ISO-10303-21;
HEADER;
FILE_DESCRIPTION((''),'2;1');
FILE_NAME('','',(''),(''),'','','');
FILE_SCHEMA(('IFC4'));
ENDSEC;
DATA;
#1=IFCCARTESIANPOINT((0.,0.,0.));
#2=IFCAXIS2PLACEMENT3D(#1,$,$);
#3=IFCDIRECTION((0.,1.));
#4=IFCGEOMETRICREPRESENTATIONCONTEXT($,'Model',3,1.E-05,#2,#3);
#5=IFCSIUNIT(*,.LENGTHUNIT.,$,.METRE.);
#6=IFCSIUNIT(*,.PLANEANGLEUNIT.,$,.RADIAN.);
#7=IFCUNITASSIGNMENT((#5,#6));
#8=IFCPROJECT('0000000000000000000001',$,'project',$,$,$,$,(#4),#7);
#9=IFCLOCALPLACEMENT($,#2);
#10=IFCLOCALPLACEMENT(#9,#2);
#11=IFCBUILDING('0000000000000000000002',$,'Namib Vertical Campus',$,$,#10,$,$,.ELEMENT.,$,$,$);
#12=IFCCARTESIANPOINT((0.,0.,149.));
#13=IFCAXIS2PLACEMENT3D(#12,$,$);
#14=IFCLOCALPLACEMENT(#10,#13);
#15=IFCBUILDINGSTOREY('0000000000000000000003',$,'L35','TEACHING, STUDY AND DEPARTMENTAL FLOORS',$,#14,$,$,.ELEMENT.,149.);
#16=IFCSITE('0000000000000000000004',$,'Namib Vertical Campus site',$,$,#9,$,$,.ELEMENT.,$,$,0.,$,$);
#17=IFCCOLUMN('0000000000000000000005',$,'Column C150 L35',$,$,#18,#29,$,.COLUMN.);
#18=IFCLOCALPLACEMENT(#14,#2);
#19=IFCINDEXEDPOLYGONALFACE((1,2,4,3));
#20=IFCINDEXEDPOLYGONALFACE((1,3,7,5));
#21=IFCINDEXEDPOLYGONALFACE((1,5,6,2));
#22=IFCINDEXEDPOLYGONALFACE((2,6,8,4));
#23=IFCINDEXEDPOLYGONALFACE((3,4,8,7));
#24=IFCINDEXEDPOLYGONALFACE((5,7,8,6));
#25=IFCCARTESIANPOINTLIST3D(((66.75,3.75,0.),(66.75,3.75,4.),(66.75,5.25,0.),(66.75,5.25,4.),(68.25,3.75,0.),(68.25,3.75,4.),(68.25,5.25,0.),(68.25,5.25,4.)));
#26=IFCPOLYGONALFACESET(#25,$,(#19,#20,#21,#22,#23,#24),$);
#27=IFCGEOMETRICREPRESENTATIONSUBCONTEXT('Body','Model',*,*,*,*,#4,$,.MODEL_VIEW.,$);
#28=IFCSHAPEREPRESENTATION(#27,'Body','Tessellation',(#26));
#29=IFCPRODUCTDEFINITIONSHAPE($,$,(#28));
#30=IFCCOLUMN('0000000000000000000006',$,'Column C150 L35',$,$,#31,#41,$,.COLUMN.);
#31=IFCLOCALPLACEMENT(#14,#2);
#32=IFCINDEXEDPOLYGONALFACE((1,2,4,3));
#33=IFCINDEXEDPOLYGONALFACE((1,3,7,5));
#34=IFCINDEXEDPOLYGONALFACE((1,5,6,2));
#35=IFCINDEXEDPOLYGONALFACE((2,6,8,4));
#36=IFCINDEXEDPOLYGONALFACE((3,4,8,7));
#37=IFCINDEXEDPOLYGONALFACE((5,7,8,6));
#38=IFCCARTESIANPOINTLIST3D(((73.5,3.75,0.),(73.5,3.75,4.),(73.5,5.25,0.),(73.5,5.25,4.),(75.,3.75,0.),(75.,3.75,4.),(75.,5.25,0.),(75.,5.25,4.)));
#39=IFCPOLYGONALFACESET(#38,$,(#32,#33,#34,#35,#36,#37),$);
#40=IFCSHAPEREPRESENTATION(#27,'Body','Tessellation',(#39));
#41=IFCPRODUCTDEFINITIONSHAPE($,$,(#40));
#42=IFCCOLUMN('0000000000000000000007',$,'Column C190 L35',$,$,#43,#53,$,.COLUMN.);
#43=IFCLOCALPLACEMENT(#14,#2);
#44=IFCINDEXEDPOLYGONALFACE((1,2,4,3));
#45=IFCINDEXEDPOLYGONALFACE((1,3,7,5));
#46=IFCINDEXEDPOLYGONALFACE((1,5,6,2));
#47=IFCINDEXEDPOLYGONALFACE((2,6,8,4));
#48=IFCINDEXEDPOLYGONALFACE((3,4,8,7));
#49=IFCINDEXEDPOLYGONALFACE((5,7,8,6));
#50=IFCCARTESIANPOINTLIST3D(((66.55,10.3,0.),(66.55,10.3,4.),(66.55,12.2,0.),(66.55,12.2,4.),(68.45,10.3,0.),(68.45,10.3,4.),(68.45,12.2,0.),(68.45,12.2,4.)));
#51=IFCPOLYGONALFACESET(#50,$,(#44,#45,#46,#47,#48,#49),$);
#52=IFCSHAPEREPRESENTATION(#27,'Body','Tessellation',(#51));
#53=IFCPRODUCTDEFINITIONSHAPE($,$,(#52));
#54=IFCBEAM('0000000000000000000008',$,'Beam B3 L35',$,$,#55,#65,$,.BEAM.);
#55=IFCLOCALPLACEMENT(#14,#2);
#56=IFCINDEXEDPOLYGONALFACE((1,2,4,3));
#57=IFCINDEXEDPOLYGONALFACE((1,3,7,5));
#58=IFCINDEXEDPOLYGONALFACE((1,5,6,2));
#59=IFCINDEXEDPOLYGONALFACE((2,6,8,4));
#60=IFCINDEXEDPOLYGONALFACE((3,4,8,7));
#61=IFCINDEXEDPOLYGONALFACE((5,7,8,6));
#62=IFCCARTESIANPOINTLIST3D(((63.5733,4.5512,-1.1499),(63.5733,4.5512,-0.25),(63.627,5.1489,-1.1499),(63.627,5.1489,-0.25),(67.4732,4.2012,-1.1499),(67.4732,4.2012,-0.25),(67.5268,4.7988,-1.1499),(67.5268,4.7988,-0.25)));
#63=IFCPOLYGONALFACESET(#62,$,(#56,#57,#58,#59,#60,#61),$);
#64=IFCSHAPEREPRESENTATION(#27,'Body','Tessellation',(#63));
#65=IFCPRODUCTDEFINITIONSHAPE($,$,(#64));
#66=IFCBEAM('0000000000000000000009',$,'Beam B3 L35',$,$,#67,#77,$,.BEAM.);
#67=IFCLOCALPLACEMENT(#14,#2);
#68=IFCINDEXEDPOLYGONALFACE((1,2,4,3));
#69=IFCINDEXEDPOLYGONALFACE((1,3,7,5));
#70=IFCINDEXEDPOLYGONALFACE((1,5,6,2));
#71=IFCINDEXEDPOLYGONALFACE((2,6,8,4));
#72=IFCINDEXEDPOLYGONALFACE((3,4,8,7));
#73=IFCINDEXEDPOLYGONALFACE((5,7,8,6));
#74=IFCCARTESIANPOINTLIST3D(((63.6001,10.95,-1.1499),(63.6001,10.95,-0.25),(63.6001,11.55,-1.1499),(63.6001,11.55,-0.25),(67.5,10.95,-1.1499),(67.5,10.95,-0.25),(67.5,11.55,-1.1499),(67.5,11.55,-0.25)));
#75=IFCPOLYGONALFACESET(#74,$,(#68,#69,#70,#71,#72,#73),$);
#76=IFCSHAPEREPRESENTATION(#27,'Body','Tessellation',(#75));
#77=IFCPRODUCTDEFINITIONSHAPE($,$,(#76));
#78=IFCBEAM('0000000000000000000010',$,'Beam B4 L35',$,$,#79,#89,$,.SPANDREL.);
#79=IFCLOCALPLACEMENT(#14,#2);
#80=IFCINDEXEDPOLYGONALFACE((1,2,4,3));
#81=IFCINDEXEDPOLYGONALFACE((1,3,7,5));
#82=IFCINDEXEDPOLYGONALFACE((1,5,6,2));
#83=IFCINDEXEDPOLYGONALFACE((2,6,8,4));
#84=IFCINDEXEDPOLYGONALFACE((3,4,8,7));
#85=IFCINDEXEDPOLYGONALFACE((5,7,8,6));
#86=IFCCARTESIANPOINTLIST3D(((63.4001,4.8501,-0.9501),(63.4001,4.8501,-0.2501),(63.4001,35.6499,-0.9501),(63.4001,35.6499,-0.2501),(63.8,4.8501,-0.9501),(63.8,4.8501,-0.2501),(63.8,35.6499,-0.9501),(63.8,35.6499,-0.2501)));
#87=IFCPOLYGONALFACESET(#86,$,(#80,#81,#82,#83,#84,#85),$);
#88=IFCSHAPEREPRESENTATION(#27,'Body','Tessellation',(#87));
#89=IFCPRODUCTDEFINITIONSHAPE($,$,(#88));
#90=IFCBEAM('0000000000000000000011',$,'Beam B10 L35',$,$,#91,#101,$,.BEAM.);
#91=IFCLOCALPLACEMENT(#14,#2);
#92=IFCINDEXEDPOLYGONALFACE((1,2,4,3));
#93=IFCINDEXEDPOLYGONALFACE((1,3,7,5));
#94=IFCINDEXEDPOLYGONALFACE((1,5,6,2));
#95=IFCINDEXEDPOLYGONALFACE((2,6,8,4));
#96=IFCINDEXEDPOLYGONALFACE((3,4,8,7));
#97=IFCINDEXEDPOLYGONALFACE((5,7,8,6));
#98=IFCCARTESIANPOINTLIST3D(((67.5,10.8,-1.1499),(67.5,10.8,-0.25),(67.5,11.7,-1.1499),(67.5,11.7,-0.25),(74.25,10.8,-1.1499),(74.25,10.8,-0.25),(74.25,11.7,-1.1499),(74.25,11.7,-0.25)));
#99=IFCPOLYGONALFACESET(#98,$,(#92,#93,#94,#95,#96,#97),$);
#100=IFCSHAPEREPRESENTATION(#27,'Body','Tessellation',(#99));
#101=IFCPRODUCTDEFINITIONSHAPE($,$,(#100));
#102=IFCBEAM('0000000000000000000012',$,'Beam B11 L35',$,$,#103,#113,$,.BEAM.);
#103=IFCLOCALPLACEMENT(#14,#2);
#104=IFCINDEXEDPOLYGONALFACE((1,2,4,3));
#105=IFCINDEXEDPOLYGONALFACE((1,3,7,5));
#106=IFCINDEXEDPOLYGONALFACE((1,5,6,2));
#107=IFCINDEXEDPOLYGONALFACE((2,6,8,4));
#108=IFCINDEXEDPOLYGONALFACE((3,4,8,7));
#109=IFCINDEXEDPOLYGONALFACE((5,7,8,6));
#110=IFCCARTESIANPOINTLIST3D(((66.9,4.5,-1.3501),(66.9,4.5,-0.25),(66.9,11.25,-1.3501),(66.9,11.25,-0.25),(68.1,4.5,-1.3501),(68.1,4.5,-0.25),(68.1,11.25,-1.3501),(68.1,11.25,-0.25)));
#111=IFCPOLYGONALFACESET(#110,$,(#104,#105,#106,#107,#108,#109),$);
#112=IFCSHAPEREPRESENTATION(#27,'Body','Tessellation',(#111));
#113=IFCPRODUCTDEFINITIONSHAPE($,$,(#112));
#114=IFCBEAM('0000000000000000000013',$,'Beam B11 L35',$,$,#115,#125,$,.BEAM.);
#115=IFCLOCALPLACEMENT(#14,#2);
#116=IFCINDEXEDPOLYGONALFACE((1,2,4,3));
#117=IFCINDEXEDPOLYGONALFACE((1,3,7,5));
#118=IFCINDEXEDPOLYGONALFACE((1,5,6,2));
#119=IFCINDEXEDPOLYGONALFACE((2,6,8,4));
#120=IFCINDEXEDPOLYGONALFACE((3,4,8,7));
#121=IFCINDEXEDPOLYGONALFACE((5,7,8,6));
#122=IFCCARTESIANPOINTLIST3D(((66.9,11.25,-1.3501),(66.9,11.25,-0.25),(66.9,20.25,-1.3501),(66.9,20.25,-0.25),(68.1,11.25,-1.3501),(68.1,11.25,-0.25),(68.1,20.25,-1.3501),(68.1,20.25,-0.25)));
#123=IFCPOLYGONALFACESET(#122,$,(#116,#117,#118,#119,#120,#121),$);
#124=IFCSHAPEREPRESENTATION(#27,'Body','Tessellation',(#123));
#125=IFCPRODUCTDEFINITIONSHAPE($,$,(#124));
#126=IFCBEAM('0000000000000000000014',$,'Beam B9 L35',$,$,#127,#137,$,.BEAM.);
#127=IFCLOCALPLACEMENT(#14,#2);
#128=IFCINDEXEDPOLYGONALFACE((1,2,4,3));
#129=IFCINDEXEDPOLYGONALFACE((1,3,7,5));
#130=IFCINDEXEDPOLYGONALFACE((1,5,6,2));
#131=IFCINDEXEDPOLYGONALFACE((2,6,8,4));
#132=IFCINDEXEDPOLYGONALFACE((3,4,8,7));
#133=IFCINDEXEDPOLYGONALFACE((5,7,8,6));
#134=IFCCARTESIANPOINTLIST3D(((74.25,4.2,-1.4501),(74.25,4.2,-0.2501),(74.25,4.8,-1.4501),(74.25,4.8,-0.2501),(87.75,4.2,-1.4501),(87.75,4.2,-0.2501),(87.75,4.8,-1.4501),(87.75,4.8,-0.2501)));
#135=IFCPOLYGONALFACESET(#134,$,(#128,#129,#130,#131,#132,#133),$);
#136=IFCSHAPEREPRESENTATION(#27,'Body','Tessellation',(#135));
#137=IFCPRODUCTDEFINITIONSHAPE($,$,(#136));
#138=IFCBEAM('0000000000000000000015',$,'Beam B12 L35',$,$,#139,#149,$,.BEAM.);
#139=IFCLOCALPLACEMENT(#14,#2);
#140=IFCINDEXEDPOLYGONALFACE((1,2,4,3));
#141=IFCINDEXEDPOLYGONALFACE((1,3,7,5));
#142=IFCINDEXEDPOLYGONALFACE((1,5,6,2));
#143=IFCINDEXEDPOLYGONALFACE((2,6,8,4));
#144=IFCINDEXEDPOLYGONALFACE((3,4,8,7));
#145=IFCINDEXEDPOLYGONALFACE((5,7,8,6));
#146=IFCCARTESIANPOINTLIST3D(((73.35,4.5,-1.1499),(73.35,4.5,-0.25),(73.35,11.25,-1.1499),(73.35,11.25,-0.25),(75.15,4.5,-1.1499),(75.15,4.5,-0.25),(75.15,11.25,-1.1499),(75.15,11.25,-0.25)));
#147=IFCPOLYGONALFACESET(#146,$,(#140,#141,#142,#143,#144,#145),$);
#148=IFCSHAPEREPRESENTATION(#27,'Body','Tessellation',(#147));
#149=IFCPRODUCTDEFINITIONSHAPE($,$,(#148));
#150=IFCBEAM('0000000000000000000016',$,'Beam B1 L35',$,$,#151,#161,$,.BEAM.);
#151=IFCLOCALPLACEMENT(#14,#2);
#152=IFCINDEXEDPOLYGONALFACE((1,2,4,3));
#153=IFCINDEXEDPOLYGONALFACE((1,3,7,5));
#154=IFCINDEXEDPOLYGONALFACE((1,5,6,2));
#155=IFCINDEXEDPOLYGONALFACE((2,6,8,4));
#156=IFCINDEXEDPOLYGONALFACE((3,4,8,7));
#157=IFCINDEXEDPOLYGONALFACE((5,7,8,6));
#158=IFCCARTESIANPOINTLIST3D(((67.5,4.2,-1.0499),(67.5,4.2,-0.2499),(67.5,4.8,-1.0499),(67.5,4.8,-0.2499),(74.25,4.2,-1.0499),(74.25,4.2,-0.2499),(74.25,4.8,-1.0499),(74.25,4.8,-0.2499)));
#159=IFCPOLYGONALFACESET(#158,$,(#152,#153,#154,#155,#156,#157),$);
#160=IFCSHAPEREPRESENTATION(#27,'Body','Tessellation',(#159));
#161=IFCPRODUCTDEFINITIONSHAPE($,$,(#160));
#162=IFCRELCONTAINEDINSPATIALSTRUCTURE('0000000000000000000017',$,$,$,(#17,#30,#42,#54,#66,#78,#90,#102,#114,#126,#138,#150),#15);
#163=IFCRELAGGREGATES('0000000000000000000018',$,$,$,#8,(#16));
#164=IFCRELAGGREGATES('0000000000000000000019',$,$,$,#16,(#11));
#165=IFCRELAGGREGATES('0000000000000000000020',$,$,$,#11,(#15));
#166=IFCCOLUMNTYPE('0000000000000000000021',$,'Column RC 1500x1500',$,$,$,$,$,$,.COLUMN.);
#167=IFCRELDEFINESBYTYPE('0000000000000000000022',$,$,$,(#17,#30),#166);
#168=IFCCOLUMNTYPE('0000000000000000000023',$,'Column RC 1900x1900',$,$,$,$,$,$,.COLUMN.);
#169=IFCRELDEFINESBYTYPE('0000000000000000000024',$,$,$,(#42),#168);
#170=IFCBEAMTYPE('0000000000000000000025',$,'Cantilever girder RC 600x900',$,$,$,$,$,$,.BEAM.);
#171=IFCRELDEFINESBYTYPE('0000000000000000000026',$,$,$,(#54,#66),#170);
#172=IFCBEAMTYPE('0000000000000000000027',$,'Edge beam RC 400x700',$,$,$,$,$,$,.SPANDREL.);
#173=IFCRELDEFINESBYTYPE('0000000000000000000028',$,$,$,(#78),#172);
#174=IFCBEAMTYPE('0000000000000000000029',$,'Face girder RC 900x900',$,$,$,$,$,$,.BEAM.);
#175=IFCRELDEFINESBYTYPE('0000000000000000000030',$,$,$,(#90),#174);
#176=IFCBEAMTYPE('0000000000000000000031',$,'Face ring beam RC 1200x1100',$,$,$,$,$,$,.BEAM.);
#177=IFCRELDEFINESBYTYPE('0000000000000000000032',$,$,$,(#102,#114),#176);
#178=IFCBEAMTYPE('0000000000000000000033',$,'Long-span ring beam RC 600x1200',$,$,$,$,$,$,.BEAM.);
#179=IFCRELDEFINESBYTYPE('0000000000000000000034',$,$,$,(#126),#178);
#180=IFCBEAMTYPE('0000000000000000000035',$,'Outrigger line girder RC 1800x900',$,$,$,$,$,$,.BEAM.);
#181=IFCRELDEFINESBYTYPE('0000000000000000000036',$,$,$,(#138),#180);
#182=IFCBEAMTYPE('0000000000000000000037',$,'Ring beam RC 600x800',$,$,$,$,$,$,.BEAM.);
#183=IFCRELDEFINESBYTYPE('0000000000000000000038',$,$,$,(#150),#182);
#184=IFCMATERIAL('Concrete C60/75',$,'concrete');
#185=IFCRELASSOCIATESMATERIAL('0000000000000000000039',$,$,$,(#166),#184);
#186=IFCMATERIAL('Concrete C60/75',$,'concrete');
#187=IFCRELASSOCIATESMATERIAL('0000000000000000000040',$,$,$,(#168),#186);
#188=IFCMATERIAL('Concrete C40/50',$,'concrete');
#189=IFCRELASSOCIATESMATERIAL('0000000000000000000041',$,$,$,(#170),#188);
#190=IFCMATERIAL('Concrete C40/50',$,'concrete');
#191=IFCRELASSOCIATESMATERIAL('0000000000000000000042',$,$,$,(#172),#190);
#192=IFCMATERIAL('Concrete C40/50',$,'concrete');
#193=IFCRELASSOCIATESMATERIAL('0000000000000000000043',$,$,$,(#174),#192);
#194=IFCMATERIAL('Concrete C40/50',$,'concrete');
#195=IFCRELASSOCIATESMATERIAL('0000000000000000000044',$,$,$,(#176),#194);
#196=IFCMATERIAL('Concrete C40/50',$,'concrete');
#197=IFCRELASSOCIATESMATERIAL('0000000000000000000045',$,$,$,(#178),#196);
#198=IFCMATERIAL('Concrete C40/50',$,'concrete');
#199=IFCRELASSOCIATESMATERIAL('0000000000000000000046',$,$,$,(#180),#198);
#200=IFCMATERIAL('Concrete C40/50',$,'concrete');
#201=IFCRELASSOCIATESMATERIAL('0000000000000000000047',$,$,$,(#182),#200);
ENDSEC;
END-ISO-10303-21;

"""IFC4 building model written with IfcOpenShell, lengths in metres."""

from ifc_helpers import new_model, si_unit, direction, frame, origin, origin_2d, place, context, subcontext, project, spatial, rectangle, extrude, material, material_profile, profile_set, type_object, element, save


model = new_model("IFC4")

# Units and contexts
model_context = context("Model", 3, precision=1e-05, world=origin(), true_north=direction((0.0, 1.0)))
body_context = subcontext(model_context, "Body", "Model", "MODEL_VIEW")
ifc_project = project(units=[si_unit("LENGTHUNIT", "METRE"), si_unit("PLANEANGLEUNIT", "RADIAN")], contexts=[model_context])

# Site, building, storey
site_placement = place(None, origin())
site = spatial("IfcSite", under=ifc_project, at=site_placement, Name="Namib Vertical Campus site", CompositionType="ELEMENT", RefElevation=0.0)
building_placement = place(site_placement, origin())
building = spatial("IfcBuilding", under=site, at=building_placement, Name="Namib Vertical Campus", CompositionType="ELEMENT")
storey_placement = place(building_placement, frame((0.0, 0.0, 149.0)))
storey = spatial("IfcBuildingStorey", under=building, at=storey_placement, Name="L35", Description="TEACHING, STUDY AND DEPARTMENTAL FLOORS", CompositionType="ELEMENT", Elevation=149.0)

# Columns
ifc_material_1 = material(Name="Concrete C60/75", Category="concrete")
ifc_material_profile_1 = material_profile(ifc_material_1, rectangle(XDim=1.5, YDim=1.5, at=origin_2d()))
ifc_profile_set_1 = profile_set([ifc_material_profile_1], Name="Concrete C60/75")
column_type_1 = type_object("IfcColumnType", Name="Column RC 1500x1500", PredefinedType="COLUMN", material=ifc_profile_set_1)
for number, where, z_axis, x_axis, name in (
    (1, (67.5, 4.5, 0.0), (0.0, 0.0, 1.0), (1.0, 0.0, 0.0), "Column C150 L35"),
    (2, (74.25, 4.5, 0.0), (0.0, 0.0, 1.0), (1.0, 0.0, 0.0), "Column C150 L35"),
):
    element("IfcColumn", number, at=place(storey_placement, frame(where, z_axis=z_axis, x_axis=x_axis)), inside=storey, type_object=column_type_1, Name=name, PredefinedType="COLUMN", context=body_context, shape_type="SweptSolid", body=[
        extrude(rectangle(XDim=1.5, YDim=1.5, at=origin_2d()), origin(), (0.0, 0.0, 1.0), 4.0),
    ])
ifc_material_2 = material(Name="Concrete C60/75", Category="concrete")
ifc_material_profile_2 = material_profile(ifc_material_2, rectangle(XDim=1.8999, YDim=1.8999, at=origin_2d()))
ifc_profile_set_2 = profile_set([ifc_material_profile_2], Name="Concrete C60/75")
column_type_2 = type_object("IfcColumnType", Name="Column RC 1900x1900", PredefinedType="COLUMN", material=ifc_profile_set_2)
column_placement = place(storey_placement, frame((67.5, 11.25, 0.0), z_axis=(0.0, 0.0, 1.0), x_axis=(1.0, 0.0, 0.0)))
element("IfcColumn", 3, at=column_placement, inside=storey, type_object=column_type_2, Name="Column C190 L35", PredefinedType="COLUMN", context=body_context, shape_type="SweptSolid", body=[
    extrude(rectangle(XDim=1.8999, YDim=1.8999, at=origin_2d()), origin(), (0.0, 0.0, 1.0), 4.0),
])

# Beams
ifc_material_3 = material(Name="Concrete C40/50", Category="concrete")
ifc_material_profile_3 = material_profile(ifc_material_3, rectangle(XDim=0.6001, YDim=0.8999, at=origin_2d()))
ifc_profile_set_3 = profile_set([ifc_material_profile_3], Name="Concrete C40/50")
beam_type_1 = type_object("IfcBeamType", Name="Cantilever girder RC 600x900", PredefinedType="BEAM", material=ifc_profile_set_3)
beam_1_placement = place(storey_placement, frame((67.5, 4.5, -0.7), z_axis=(-0.995995, 0.089411, 0.0), x_axis=(-0.089411, -0.995995, 0.0)))
element("IfcBeam", 4, at=beam_1_placement, inside=storey, type_object=beam_type_1, Name="Beam B3 L35", PredefinedType="BEAM", context=body_context, shape_type="SweptSolid", body=[
    extrude(rectangle(XDim=0.6001, YDim=0.8999, at=origin_2d()), origin(), (0.0, 0.0, 1.0), 3.9155),
])
beam_2_placement = place(storey_placement, frame((67.5, 11.25, -0.7), z_axis=(-1.0, 0.0, 0.0), x_axis=(0.0, -1.0, 0.0)))
element("IfcBeam", 5, at=beam_2_placement, inside=storey, type_object=beam_type_1, Name="Beam B3 L35", PredefinedType="BEAM", context=body_context, shape_type="SweptSolid", body=[
    extrude(rectangle(XDim=0.6001, YDim=0.8999, at=origin_2d()), origin(), (0.0, 0.0, 1.0), 3.8999),
])
ifc_material_4 = material(Name="Concrete C40/50", Category="concrete")
ifc_material_profile_4 = material_profile(ifc_material_4, rectangle(XDim=0.3999, YDim=0.7, at=origin_2d()))
ifc_profile_set_4 = profile_set([ifc_material_profile_4], Name="Concrete C40/50")
beam_type_2 = type_object("IfcBeamType", Name="Edge beam RC 400x700", PredefinedType="SPANDREL", material=ifc_profile_set_4)
beam_3_placement = place(storey_placement, frame((63.6001, 4.8501, -0.6001), z_axis=(0.0, 1.0, 0.0), x_axis=(-1.0, 0.0, 0.0)))
element("IfcBeam", 6, at=beam_3_placement, inside=storey, type_object=beam_type_2, Name="Beam B4 L35", PredefinedType="SPANDREL", context=body_context, shape_type="SweptSolid", body=[
    extrude(rectangle(XDim=0.3999, YDim=0.7, at=origin_2d()), origin(), (0.0, 0.0, 1.0), 30.7998),
])
ifc_material_5 = material(Name="Concrete C40/50", Category="concrete")
ifc_material_profile_5 = material_profile(ifc_material_5, rectangle(XDim=0.8999, YDim=0.8999, at=origin_2d()))
ifc_profile_set_5 = profile_set([ifc_material_profile_5], Name="Concrete C40/50")
beam_type_3 = type_object("IfcBeamType", Name="Face girder RC 900x900", PredefinedType="BEAM", material=ifc_profile_set_5)
beam_4_placement = place(storey_placement, frame((67.5, 11.25, -0.7), z_axis=(1.0, 0.0, 0.0), x_axis=(0.0, 1.0, 0.0)))
element("IfcBeam", 7, at=beam_4_placement, inside=storey, type_object=beam_type_3, Name="Beam B10 L35", PredefinedType="BEAM", context=body_context, shape_type="SweptSolid", body=[
    extrude(rectangle(XDim=0.8999, YDim=0.8999, at=origin_2d()), origin(), (0.0, 0.0, 1.0), 6.75),
])
ifc_material_6 = material(Name="Concrete C40/50", Category="concrete")
ifc_material_profile_6 = material_profile(ifc_material_6, rectangle(XDim=1.2, YDim=1.1001, at=origin_2d()))
ifc_profile_set_6 = profile_set([ifc_material_profile_6], Name="Concrete C40/50")
beam_type_4 = type_object("IfcBeamType", Name="Face ring beam RC 1200x1100", PredefinedType="BEAM", material=ifc_profile_set_6)
beam_5_placement = place(storey_placement, frame((67.5, 4.5, -0.8), z_axis=(0.0, 1.0, 0.0), x_axis=(-1.0, 0.0, 0.0)))
element("IfcBeam", 8, at=beam_5_placement, inside=storey, type_object=beam_type_4, Name="Beam B11 L35", PredefinedType="BEAM", context=body_context, shape_type="SweptSolid", body=[
    extrude(rectangle(XDim=1.2, YDim=1.1001, at=origin_2d()), origin(), (0.0, 0.0, 1.0), 6.75),
])
beam_6_placement = place(storey_placement, frame((67.5, 11.25, -0.8), z_axis=(0.0, 1.0, 0.0), x_axis=(-1.0, 0.0, 0.0)))
element("IfcBeam", 9, at=beam_6_placement, inside=storey, type_object=beam_type_4, Name="Beam B11 L35", PredefinedType="BEAM", context=body_context, shape_type="SweptSolid", body=[
    extrude(rectangle(XDim=1.2, YDim=1.1001, at=origin_2d()), origin(), (0.0, 0.0, 1.0), 9.0),
])
ifc_material_7 = material(Name="Concrete C40/50", Category="concrete")
ifc_material_profile_7 = material_profile(ifc_material_7, rectangle(XDim=0.6001, YDim=1.2, at=origin_2d()))
ifc_profile_set_7 = profile_set([ifc_material_profile_7], Name="Concrete C40/50")
beam_type_5 = type_object("IfcBeamType", Name="Long-span ring beam RC 600x1200", PredefinedType="BEAM", material=ifc_profile_set_7)
beam_7_placement = place(storey_placement, frame((74.25, 4.5, -0.8501), z_axis=(1.0, 0.0, 0.0), x_axis=(0.0, 1.0, 0.0)))
element("IfcBeam", 10, at=beam_7_placement, inside=storey, type_object=beam_type_5, Name="Beam B9 L35", PredefinedType="BEAM", context=body_context, shape_type="SweptSolid", body=[
    extrude(rectangle(XDim=0.6001, YDim=1.2, at=origin_2d()), origin(), (0.0, 0.0, 1.0), 13.5),
])
ifc_material_8 = material(Name="Concrete C40/50", Category="concrete")
ifc_material_profile_8 = material_profile(ifc_material_8, rectangle(XDim=1.8, YDim=0.8999, at=origin_2d()))
ifc_profile_set_8 = profile_set([ifc_material_profile_8], Name="Concrete C40/50")
beam_type_6 = type_object("IfcBeamType", Name="Outrigger line girder RC 1800x900", PredefinedType="BEAM", material=ifc_profile_set_8)
beam_8_placement = place(storey_placement, frame((74.25, 4.5, -0.7), z_axis=(0.0, 1.0, 0.0), x_axis=(-1.0, 0.0, 0.0)))
element("IfcBeam", 11, at=beam_8_placement, inside=storey, type_object=beam_type_6, Name="Beam B12 L35", PredefinedType="BEAM", context=body_context, shape_type="SweptSolid", body=[
    extrude(rectangle(XDim=1.8, YDim=0.8999, at=origin_2d()), origin(), (0.0, 0.0, 1.0), 6.75),
])
ifc_material_9 = material(Name="Concrete C40/50", Category="concrete")
ifc_material_profile_9 = material_profile(ifc_material_9, rectangle(XDim=0.6001, YDim=0.8, at=origin_2d()))
ifc_profile_set_9 = profile_set([ifc_material_profile_9], Name="Concrete C40/50")
beam_type_7 = type_object("IfcBeamType", Name="Ring beam RC 600x800", PredefinedType="BEAM", material=ifc_profile_set_9)
beam_9_placement = place(storey_placement, frame((67.5, 4.5, -0.6499), z_axis=(1.0, 0.0, 0.0), x_axis=(0.0, 1.0, 0.0)))
element("IfcBeam", 12, at=beam_9_placement, inside=storey, type_object=beam_type_7, Name="Beam B1 L35", PredefinedType="BEAM", context=body_context, shape_type="SweptSolid", body=[
    extrude(rectangle(XDim=0.6001, YDim=0.8, at=origin_2d()), origin(), (0.0, 0.0, 1.0), 6.75),
])

save(model, "model.ifc")
